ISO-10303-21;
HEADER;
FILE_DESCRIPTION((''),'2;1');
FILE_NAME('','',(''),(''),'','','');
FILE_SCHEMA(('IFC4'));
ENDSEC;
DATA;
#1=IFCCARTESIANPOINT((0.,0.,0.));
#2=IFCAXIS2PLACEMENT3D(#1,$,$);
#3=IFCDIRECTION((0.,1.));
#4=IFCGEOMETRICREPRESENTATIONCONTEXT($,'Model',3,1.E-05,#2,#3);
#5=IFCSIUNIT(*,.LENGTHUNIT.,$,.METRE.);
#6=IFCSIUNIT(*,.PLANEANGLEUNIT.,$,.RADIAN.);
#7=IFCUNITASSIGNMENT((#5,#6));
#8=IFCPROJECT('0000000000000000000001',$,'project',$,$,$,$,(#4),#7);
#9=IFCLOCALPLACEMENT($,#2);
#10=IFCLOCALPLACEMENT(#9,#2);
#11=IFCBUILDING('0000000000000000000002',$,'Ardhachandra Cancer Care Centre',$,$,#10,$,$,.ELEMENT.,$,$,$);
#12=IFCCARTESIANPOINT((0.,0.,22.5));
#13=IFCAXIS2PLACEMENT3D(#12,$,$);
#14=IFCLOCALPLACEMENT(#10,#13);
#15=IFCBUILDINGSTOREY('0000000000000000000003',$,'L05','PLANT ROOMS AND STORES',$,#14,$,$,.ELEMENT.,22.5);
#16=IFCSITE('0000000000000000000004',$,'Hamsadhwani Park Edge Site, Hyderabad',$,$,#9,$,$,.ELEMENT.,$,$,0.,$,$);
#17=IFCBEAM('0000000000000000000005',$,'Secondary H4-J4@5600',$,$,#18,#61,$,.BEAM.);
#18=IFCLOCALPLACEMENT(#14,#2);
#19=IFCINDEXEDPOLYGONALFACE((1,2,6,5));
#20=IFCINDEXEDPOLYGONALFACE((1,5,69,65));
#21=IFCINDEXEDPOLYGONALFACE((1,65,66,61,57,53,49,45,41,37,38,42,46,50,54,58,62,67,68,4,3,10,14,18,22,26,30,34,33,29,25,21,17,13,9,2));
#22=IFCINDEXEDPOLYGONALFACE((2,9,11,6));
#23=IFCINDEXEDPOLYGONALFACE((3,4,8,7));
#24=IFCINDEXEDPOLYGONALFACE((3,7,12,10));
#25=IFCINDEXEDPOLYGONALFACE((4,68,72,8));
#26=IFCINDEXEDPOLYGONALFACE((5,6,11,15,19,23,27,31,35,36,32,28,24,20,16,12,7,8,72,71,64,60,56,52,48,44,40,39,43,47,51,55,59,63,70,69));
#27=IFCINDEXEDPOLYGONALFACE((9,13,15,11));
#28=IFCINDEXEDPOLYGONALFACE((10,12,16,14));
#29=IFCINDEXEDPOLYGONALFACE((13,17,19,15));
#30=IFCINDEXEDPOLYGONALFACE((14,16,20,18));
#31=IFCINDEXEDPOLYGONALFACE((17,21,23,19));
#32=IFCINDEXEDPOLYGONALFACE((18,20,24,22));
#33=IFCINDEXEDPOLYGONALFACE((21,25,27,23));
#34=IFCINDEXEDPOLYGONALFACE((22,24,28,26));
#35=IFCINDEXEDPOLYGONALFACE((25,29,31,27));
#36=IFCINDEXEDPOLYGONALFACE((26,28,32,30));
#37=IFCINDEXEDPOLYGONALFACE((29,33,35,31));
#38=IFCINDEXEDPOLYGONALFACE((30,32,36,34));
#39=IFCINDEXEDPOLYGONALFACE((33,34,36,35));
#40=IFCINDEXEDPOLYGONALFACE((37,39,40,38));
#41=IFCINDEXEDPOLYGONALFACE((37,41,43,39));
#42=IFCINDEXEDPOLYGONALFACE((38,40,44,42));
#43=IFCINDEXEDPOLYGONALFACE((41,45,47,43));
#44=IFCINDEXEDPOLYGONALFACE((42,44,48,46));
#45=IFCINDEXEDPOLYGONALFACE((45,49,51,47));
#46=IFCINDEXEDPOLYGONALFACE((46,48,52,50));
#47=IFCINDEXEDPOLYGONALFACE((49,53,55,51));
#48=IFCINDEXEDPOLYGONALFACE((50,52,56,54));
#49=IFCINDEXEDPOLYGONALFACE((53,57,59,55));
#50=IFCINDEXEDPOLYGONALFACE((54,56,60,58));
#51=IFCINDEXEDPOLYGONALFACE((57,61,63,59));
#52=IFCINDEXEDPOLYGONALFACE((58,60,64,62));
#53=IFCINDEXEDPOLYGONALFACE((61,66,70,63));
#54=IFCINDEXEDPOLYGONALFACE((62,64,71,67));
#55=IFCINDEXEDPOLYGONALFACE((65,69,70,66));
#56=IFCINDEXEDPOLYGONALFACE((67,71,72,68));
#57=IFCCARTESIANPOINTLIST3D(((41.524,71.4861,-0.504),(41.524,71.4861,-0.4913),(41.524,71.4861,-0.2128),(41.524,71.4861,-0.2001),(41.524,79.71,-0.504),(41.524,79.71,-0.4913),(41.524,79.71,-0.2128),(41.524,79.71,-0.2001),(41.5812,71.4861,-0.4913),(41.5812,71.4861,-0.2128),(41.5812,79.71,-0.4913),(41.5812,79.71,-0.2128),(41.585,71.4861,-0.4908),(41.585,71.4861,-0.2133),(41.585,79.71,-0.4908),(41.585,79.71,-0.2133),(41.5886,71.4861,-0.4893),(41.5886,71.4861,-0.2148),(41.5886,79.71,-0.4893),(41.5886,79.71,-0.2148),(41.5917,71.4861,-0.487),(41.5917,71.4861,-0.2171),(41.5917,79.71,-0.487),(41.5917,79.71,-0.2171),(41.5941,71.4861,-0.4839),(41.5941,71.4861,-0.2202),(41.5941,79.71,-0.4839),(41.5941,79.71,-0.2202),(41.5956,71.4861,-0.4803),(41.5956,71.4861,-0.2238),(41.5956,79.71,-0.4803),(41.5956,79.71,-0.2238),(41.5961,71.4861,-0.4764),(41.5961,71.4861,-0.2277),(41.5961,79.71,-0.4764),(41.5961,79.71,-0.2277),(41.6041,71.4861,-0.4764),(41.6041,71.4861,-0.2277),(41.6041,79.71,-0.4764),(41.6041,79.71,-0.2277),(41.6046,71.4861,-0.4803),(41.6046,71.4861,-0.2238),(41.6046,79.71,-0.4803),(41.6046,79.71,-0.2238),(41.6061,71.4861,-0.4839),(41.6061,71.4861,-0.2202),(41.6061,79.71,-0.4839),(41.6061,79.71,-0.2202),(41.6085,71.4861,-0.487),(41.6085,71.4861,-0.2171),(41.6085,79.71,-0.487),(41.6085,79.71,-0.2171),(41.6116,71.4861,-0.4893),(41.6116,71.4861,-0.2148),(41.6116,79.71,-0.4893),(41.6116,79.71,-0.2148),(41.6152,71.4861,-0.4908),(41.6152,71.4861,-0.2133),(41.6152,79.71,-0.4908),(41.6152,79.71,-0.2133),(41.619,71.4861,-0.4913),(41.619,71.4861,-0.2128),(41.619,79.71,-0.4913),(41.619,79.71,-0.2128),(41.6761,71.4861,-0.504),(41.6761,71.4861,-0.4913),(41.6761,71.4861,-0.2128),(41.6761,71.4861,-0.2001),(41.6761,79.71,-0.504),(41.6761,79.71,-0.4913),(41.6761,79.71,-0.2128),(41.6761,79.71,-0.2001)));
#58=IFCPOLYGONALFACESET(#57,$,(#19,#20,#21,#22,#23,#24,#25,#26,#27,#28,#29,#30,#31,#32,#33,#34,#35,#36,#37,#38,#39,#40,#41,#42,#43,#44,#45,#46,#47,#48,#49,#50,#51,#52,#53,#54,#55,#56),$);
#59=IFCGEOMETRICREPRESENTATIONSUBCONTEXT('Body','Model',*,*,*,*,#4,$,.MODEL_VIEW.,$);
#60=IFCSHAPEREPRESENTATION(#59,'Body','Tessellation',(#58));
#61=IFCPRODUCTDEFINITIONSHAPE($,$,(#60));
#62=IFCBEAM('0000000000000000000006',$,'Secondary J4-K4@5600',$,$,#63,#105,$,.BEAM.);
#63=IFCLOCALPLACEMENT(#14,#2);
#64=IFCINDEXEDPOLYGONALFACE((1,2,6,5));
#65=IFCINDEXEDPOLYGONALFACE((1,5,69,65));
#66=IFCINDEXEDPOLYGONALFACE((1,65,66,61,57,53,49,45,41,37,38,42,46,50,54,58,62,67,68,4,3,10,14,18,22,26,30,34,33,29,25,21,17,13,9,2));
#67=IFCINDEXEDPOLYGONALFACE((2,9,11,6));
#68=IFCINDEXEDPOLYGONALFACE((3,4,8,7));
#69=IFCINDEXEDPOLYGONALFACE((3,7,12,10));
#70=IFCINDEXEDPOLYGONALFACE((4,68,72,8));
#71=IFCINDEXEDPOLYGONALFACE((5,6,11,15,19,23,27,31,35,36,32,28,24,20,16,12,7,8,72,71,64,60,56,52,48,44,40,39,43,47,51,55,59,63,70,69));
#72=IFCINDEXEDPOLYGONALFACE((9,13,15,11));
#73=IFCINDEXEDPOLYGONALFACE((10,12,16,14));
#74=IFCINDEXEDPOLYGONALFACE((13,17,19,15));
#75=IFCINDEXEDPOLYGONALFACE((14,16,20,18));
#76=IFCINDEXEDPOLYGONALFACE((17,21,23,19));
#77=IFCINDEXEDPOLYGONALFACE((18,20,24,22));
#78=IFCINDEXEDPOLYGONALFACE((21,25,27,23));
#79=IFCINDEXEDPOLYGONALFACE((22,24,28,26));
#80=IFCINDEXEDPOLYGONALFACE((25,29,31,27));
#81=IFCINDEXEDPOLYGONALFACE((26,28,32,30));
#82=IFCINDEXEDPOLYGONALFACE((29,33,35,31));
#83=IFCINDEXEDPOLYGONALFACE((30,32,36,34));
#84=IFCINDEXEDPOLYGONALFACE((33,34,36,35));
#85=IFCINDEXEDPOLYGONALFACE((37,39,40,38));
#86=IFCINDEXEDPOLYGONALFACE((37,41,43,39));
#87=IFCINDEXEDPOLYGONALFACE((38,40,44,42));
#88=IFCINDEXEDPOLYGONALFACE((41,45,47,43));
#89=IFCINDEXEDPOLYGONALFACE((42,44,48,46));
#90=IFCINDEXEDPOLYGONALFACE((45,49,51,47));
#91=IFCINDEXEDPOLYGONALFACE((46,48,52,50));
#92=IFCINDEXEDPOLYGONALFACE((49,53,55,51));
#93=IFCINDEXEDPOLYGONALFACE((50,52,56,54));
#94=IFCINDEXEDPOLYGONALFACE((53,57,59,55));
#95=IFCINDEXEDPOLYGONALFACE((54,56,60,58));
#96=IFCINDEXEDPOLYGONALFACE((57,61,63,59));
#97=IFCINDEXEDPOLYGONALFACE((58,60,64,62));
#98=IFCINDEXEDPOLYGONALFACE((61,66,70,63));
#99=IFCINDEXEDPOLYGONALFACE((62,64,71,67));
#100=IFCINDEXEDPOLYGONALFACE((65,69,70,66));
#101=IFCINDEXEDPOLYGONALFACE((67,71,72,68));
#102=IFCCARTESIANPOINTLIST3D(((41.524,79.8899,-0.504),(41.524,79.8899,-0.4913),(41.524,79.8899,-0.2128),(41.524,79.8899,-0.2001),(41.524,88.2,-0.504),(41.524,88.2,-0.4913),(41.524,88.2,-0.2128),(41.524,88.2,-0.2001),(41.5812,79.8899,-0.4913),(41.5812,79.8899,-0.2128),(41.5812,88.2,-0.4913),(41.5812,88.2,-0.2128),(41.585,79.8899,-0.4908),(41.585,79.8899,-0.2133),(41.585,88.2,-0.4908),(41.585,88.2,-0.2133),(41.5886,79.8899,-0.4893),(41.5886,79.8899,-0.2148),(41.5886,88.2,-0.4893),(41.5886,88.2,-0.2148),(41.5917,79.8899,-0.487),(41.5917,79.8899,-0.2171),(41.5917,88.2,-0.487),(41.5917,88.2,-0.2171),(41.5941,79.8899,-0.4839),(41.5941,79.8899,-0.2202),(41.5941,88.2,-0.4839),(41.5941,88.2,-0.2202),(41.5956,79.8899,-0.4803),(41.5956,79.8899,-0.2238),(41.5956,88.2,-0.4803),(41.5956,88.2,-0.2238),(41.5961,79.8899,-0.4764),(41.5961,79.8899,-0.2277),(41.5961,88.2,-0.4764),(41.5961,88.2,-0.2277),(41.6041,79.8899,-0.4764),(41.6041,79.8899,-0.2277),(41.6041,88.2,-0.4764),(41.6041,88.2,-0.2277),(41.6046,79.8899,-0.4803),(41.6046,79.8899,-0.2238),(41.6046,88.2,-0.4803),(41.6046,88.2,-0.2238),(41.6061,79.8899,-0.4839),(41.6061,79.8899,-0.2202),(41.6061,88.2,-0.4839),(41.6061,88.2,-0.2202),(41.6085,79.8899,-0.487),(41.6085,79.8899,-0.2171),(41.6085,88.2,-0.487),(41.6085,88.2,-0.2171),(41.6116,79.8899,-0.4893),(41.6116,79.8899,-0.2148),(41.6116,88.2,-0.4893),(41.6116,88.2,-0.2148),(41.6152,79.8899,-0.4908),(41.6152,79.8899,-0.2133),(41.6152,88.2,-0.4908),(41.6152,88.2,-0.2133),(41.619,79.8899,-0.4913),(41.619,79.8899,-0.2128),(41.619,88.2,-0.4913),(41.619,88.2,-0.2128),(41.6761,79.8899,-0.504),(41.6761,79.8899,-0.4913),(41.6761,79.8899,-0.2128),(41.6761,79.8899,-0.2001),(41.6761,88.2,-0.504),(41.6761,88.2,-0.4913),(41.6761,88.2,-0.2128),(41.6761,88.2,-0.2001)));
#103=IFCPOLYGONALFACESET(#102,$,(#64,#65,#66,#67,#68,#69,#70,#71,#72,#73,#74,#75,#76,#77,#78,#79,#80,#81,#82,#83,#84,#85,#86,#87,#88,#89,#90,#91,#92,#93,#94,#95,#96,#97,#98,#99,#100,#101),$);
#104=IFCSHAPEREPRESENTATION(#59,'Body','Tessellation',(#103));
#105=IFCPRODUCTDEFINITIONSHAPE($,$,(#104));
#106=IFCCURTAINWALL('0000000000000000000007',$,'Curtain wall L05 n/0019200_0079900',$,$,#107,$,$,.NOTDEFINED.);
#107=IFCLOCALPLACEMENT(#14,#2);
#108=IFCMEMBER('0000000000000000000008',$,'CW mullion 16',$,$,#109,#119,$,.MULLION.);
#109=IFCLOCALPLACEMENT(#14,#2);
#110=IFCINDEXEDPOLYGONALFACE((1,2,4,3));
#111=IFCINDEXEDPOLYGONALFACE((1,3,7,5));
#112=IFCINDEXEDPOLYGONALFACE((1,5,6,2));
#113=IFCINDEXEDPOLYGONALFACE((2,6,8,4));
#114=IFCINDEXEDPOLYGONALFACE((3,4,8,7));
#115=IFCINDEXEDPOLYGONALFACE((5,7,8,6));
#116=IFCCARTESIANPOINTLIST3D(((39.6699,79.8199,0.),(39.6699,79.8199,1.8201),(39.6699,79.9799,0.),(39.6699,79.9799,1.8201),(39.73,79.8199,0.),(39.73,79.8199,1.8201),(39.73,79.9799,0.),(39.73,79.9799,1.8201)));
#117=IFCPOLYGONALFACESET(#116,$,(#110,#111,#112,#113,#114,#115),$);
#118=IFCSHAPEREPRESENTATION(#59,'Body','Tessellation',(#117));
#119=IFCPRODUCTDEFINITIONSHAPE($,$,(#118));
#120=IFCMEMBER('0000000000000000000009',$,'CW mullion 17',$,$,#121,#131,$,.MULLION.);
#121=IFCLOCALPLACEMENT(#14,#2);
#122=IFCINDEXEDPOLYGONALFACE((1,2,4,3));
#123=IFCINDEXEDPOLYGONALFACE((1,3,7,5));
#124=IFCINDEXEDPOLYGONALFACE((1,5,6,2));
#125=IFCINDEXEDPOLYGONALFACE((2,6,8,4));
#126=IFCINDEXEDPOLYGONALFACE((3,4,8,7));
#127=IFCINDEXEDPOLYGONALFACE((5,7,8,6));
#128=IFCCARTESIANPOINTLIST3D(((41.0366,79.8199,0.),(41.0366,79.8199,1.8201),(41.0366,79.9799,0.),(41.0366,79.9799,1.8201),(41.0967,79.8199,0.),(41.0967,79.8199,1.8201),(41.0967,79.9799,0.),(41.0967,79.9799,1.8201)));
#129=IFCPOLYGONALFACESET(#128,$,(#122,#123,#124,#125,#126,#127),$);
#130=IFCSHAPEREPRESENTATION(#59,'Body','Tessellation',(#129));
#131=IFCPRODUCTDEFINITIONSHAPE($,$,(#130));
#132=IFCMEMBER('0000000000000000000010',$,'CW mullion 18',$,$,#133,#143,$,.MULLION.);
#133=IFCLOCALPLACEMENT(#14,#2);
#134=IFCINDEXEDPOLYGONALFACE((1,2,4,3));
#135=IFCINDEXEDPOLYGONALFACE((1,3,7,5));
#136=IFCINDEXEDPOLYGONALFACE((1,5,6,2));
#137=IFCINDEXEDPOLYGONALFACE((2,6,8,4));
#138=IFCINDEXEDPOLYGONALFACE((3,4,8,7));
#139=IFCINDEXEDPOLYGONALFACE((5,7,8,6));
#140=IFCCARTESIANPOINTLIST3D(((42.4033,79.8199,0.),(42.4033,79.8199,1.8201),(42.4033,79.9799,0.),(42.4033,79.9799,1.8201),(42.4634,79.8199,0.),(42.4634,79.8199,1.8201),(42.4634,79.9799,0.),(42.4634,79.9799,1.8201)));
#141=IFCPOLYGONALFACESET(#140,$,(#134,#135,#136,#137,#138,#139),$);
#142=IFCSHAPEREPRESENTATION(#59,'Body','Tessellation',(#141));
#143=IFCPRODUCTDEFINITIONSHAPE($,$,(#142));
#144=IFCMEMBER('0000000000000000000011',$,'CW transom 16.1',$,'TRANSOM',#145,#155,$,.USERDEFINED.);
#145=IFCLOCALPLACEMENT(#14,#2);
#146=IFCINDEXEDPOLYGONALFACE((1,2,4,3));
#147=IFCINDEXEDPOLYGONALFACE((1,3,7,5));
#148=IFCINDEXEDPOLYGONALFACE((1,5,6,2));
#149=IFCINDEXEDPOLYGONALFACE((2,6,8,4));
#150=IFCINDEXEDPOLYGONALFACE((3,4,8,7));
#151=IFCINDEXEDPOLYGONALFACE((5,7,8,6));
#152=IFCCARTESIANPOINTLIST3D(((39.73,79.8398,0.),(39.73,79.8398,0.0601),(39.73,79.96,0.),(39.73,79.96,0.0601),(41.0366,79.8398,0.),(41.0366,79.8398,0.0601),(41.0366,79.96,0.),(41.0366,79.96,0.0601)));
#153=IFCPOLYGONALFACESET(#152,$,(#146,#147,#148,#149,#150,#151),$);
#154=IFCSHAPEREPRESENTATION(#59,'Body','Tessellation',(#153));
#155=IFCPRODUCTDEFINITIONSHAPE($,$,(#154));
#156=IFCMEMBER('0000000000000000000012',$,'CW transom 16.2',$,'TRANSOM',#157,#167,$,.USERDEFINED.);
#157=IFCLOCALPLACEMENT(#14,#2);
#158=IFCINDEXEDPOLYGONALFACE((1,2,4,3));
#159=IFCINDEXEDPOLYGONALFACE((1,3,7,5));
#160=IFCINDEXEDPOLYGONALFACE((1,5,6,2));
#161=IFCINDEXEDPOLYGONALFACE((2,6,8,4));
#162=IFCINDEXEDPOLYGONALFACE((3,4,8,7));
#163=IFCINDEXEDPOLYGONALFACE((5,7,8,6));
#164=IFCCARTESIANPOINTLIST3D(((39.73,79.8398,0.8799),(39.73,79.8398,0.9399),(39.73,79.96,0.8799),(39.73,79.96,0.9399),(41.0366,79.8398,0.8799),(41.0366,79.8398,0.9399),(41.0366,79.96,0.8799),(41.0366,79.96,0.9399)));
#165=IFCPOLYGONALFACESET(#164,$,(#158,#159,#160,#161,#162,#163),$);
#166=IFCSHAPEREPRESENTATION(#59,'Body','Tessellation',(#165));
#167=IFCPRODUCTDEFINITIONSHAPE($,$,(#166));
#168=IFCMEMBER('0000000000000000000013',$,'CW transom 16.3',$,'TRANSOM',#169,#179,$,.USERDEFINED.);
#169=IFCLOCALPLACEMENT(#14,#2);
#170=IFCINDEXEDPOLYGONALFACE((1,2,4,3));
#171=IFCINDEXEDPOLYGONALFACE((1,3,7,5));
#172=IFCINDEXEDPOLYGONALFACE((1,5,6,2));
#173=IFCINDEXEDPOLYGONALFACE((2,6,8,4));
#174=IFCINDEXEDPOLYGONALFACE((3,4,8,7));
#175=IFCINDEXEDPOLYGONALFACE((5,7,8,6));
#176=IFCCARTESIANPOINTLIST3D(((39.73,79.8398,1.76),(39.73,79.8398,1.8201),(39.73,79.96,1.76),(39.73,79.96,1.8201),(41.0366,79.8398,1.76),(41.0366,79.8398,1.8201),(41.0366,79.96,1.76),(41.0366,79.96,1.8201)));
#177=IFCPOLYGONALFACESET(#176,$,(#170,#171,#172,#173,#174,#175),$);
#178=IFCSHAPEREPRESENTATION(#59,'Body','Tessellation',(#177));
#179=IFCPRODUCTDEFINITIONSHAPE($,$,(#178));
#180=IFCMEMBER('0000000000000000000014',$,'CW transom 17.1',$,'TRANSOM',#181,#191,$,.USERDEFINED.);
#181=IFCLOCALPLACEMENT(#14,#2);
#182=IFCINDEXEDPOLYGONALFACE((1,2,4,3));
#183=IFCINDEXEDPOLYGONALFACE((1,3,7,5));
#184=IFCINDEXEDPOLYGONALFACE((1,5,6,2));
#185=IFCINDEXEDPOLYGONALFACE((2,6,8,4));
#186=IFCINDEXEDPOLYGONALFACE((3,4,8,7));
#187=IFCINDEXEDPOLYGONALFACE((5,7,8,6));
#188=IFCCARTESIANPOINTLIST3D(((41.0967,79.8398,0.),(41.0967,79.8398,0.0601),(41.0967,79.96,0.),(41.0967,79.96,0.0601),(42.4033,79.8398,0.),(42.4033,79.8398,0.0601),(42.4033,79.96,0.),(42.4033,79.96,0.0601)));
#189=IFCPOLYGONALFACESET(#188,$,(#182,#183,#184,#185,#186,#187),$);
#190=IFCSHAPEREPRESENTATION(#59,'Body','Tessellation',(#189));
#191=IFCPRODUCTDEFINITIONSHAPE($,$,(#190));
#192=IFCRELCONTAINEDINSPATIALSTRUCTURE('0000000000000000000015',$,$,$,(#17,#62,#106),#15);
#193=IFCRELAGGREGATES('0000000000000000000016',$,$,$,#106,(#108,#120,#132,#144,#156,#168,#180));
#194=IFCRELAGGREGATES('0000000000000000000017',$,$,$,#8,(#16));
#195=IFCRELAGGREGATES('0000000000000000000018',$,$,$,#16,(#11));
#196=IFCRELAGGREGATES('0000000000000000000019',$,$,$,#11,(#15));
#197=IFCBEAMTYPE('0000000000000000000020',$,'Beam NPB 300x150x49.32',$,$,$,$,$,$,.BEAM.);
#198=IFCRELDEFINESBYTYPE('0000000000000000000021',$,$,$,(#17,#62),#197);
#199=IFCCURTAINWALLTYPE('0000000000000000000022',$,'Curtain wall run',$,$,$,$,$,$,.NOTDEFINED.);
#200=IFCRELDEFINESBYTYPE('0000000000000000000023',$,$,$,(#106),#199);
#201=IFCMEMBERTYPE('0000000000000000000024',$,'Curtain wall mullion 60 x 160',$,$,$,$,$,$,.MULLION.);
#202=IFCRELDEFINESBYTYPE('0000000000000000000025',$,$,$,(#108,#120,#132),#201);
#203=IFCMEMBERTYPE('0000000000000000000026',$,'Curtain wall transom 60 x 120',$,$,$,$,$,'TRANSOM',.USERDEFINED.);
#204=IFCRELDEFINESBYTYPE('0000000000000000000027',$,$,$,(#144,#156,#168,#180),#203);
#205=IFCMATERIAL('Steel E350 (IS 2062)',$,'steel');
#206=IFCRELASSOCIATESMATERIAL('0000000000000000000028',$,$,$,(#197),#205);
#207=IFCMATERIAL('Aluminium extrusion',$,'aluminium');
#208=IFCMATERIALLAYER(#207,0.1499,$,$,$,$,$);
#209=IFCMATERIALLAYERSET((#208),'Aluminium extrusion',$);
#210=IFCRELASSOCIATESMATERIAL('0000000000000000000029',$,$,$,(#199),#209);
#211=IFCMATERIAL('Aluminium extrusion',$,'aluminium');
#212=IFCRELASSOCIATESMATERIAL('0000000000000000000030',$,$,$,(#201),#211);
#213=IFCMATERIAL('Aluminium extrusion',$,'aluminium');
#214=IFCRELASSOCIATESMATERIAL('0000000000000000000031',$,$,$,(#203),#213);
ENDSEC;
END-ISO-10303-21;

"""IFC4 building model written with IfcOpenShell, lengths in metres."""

from ifc_helpers import new_model, si_unit, direction, frame, origin, origin_2d, place, context, subcontext, project, spatial, rectangle, i_section, extrude, material, layer, layer_set, material_profile, profile_set, type_object, element, aggregate, save


model = new_model("IFC4")

# Units and contexts
model_context = context("Model", 3, precision=1e-05, world=origin(), true_north=direction((0.0, 1.0)))
body_context = subcontext(model_context, "Body", "Model", "MODEL_VIEW")
ifc_project = project(units=[si_unit("LENGTHUNIT", "METRE"), si_unit("PLANEANGLEUNIT", "RADIAN")], contexts=[model_context])

# Site, building, storey
site_placement = place(None, origin())
site = spatial("IfcSite", under=ifc_project, at=site_placement, Name="Hamsadhwani Park Edge Site, Hyderabad", CompositionType="ELEMENT", RefElevation=0.0)
building_placement = place(site_placement, origin())
building = spatial("IfcBuilding", under=site, at=building_placement, Name="Ardhachandra Cancer Care Centre", CompositionType="ELEMENT")
storey_placement = place(building_placement, frame((0.0, 0.0, 22.5)))
storey = spatial("IfcBuildingStorey", under=building, at=storey_placement, Name="L05", Description="PLANT ROOMS AND STORES", CompositionType="ELEMENT", Elevation=22.5)

# Beams
ifc_material_1 = material(Name="Steel E350 (IS 2062)", Category="steel")
ifc_material_profile_1 = material_profile(ifc_material_1, i_section(OverallWidth=0.1521, OverallDepth=0.304, WebThickness=0.0081, FlangeThickness=0.0127, FilletRadius=0.0149, at=origin_2d()), Name="NPB 300x150x49.32")
ifc_profile_set_1 = profile_set([ifc_material_profile_1], Name="Steel E350 (IS 2062)")
beam_type = type_object("IfcBeamType", Name="Beam NPB 300x150x49.32", PredefinedType="BEAM", material=ifc_profile_set_1)
beam_1_placement = place(storey_placement, frame((41.6001, 71.4861, -0.3521), z_axis=(0.0, 1.0, 0.0), x_axis=(-1.0, 0.0, 0.0)))
element("IfcBeam", 1, at=beam_1_placement, inside=storey, type_object=beam_type, Name="Secondary H4-J4@5600", PredefinedType="BEAM", context=body_context, shape_type="SweptSolid", body=[
    extrude(i_section(OverallWidth=0.1521, OverallDepth=0.304, WebThickness=0.0081, FlangeThickness=0.0127, FilletRadius=0.0149, at=origin_2d()), origin(), (0.0, 0.0, 1.0), 8.2239),
])
beam_2_placement = place(storey_placement, frame((41.6001, 79.8899, -0.3521), z_axis=(0.0, 1.0, 0.0), x_axis=(-1.0, 0.0, 0.0)))
element("IfcBeam", 2, at=beam_2_placement, inside=storey, type_object=beam_type, Name="Secondary J4-K4@5600", PredefinedType="BEAM", context=body_context, shape_type="SweptSolid", body=[
    extrude(i_section(OverallWidth=0.1521, OverallDepth=0.304, WebThickness=0.0081, FlangeThickness=0.0127, FilletRadius=0.0149, at=origin_2d()), origin(), (0.0, 0.0, 1.0), 8.3101),
])

# Curtain wall, members
ifc_material_2 = material(Name="Aluminium extrusion", Category="aluminium")
ifc_layer_1 = layer(ifc_material_2, 0.1499)
ifc_layer_set_1 = layer_set([ifc_layer_1], Name="Aluminium extrusion")
curtain_wall_type = type_object("IfcCurtainWallType", Name="Curtain wall run", PredefinedType="NOTDEFINED", material=ifc_layer_set_1)
curtain_wall_placement = place(storey_placement, origin())
curtain_wall = element("IfcCurtainWall", 3, at=curtain_wall_placement, inside=storey, type_object=curtain_wall_type, Name="Curtain wall L05 n/0019200_0079900", PredefinedType="NOTDEFINED")
ifc_material_3 = material(Name="Aluminium extrusion", Category="aluminium")
ifc_material_profile_2 = material_profile(ifc_material_3, rectangle(XDim=0.1599, YDim=0.0601, at=origin_2d()), Name="Curtain wall mullion 60 x 160")
ifc_profile_set_2 = profile_set([ifc_material_profile_2], Name="Aluminium extrusion")
member_type_1 = type_object("IfcMemberType", Name="Curtain wall mullion 60 x 160", PredefinedType="MULLION", material=ifc_profile_set_2)
member_1_placement = place(storey_placement, frame((39.7, 79.8999, 0.0), z_axis=(0.0, 0.0, 1.0), x_axis=(0.0, 1.0, 0.0)))
member_1 = element("IfcMember", 4, at=member_1_placement, type_object=member_type_1, Name="CW mullion 16", PredefinedType="MULLION", context=body_context, shape_type="SweptSolid", body=[
    extrude(rectangle(XDim=0.1599, YDim=0.0601, at=origin_2d()), origin(), (0.0, 0.0, 1.0), 1.8201),
])
member_2_placement = place(storey_placement, frame((41.0667, 79.8999, 0.0), z_axis=(0.0, 0.0, 1.0), x_axis=(0.0, 1.0, 0.0)))
member_2 = element("IfcMember", 5, at=member_2_placement, type_object=member_type_1, Name="CW mullion 17", PredefinedType="MULLION", context=body_context, shape_type="SweptSolid", body=[
    extrude(rectangle(XDim=0.1599, YDim=0.0601, at=origin_2d()), origin(), (0.0, 0.0, 1.0), 1.8201),
])
member_3_placement = place(storey_placement, frame((42.4333, 79.8999, 0.0), z_axis=(0.0, 0.0, 1.0), x_axis=(0.0, 1.0, 0.0)))
member_3 = element("IfcMember", 6, at=member_3_placement, type_object=member_type_1, Name="CW mullion 18", PredefinedType="MULLION", context=body_context, shape_type="SweptSolid", body=[
    extrude(rectangle(XDim=0.1599, YDim=0.0601, at=origin_2d()), origin(), (0.0, 0.0, 1.0), 1.8201),
])
ifc_material_4 = material(Name="Aluminium extrusion", Category="aluminium")
ifc_material_profile_3 = material_profile(ifc_material_4, rectangle(XDim=0.1201, YDim=0.0601, at=origin_2d()), Name="Curtain wall transom 60 x 120")
ifc_profile_set_3 = profile_set([ifc_material_profile_3], Name="Aluminium extrusion")
member_type_2 = type_object("IfcMemberType", Name="Curtain wall transom 60 x 120", ElementType="TRANSOM", PredefinedType="USERDEFINED", material=ifc_profile_set_3)
member_4_placement = place(storey_placement, frame((39.73, 79.8999, 0.03), z_axis=(1.0, 0.0, 0.0), x_axis=(0.0, 1.0, 0.0)))
member_4 = element("IfcMember", 7, at=member_4_placement, type_object=member_type_2, Name="CW transom 16.1", ObjectType="TRANSOM", PredefinedType="USERDEFINED", context=body_context, shape_type="SweptSolid", body=[
    extrude(rectangle(XDim=0.1201, YDim=0.0601, at=origin_2d()), origin(), (0.0, 0.0, 1.0), 1.3066),
])
member_5_placement = place(storey_placement, frame((39.73, 79.8999, 0.9099), z_axis=(1.0, 0.0, 0.0), x_axis=(0.0, 1.0, 0.0)))
member_5 = element("IfcMember", 8, at=member_5_placement, type_object=member_type_2, Name="CW transom 16.2", ObjectType="TRANSOM", PredefinedType="USERDEFINED", context=body_context, shape_type="SweptSolid", body=[
    extrude(rectangle(XDim=0.1201, YDim=0.0601, at=origin_2d()), origin(), (0.0, 0.0, 1.0), 1.3066),
])
member_6_placement = place(storey_placement, frame((39.73, 79.8999, 1.79), z_axis=(1.0, 0.0, 0.0), x_axis=(0.0, 1.0, 0.0)))
member_6 = element("IfcMember", 9, at=member_6_placement, type_object=member_type_2, Name="CW transom 16.3", ObjectType="TRANSOM", PredefinedType="USERDEFINED", context=body_context, shape_type="SweptSolid", body=[
    extrude(rectangle(XDim=0.1201, YDim=0.0601, at=origin_2d()), origin(), (0.0, 0.0, 1.0), 1.3066),
])
member_7_placement = place(storey_placement, frame((41.0967, 79.8999, 0.03), z_axis=(1.0, 0.0, 0.0), x_axis=(0.0, 1.0, 0.0)))
member_7 = element("IfcMember", 10, at=member_7_placement, type_object=member_type_2, Name="CW transom 17.1", ObjectType="TRANSOM", PredefinedType="USERDEFINED", context=body_context, shape_type="SweptSolid", body=[
    extrude(rectangle(XDim=0.1201, YDim=0.0601, at=origin_2d()), origin(), (0.0, 0.0, 1.0), 1.3066),
])

aggregate(curtain_wall, [member_1, member_2, member_3, member_4, member_5, member_6, member_7])

save(model, "model.ifc")
